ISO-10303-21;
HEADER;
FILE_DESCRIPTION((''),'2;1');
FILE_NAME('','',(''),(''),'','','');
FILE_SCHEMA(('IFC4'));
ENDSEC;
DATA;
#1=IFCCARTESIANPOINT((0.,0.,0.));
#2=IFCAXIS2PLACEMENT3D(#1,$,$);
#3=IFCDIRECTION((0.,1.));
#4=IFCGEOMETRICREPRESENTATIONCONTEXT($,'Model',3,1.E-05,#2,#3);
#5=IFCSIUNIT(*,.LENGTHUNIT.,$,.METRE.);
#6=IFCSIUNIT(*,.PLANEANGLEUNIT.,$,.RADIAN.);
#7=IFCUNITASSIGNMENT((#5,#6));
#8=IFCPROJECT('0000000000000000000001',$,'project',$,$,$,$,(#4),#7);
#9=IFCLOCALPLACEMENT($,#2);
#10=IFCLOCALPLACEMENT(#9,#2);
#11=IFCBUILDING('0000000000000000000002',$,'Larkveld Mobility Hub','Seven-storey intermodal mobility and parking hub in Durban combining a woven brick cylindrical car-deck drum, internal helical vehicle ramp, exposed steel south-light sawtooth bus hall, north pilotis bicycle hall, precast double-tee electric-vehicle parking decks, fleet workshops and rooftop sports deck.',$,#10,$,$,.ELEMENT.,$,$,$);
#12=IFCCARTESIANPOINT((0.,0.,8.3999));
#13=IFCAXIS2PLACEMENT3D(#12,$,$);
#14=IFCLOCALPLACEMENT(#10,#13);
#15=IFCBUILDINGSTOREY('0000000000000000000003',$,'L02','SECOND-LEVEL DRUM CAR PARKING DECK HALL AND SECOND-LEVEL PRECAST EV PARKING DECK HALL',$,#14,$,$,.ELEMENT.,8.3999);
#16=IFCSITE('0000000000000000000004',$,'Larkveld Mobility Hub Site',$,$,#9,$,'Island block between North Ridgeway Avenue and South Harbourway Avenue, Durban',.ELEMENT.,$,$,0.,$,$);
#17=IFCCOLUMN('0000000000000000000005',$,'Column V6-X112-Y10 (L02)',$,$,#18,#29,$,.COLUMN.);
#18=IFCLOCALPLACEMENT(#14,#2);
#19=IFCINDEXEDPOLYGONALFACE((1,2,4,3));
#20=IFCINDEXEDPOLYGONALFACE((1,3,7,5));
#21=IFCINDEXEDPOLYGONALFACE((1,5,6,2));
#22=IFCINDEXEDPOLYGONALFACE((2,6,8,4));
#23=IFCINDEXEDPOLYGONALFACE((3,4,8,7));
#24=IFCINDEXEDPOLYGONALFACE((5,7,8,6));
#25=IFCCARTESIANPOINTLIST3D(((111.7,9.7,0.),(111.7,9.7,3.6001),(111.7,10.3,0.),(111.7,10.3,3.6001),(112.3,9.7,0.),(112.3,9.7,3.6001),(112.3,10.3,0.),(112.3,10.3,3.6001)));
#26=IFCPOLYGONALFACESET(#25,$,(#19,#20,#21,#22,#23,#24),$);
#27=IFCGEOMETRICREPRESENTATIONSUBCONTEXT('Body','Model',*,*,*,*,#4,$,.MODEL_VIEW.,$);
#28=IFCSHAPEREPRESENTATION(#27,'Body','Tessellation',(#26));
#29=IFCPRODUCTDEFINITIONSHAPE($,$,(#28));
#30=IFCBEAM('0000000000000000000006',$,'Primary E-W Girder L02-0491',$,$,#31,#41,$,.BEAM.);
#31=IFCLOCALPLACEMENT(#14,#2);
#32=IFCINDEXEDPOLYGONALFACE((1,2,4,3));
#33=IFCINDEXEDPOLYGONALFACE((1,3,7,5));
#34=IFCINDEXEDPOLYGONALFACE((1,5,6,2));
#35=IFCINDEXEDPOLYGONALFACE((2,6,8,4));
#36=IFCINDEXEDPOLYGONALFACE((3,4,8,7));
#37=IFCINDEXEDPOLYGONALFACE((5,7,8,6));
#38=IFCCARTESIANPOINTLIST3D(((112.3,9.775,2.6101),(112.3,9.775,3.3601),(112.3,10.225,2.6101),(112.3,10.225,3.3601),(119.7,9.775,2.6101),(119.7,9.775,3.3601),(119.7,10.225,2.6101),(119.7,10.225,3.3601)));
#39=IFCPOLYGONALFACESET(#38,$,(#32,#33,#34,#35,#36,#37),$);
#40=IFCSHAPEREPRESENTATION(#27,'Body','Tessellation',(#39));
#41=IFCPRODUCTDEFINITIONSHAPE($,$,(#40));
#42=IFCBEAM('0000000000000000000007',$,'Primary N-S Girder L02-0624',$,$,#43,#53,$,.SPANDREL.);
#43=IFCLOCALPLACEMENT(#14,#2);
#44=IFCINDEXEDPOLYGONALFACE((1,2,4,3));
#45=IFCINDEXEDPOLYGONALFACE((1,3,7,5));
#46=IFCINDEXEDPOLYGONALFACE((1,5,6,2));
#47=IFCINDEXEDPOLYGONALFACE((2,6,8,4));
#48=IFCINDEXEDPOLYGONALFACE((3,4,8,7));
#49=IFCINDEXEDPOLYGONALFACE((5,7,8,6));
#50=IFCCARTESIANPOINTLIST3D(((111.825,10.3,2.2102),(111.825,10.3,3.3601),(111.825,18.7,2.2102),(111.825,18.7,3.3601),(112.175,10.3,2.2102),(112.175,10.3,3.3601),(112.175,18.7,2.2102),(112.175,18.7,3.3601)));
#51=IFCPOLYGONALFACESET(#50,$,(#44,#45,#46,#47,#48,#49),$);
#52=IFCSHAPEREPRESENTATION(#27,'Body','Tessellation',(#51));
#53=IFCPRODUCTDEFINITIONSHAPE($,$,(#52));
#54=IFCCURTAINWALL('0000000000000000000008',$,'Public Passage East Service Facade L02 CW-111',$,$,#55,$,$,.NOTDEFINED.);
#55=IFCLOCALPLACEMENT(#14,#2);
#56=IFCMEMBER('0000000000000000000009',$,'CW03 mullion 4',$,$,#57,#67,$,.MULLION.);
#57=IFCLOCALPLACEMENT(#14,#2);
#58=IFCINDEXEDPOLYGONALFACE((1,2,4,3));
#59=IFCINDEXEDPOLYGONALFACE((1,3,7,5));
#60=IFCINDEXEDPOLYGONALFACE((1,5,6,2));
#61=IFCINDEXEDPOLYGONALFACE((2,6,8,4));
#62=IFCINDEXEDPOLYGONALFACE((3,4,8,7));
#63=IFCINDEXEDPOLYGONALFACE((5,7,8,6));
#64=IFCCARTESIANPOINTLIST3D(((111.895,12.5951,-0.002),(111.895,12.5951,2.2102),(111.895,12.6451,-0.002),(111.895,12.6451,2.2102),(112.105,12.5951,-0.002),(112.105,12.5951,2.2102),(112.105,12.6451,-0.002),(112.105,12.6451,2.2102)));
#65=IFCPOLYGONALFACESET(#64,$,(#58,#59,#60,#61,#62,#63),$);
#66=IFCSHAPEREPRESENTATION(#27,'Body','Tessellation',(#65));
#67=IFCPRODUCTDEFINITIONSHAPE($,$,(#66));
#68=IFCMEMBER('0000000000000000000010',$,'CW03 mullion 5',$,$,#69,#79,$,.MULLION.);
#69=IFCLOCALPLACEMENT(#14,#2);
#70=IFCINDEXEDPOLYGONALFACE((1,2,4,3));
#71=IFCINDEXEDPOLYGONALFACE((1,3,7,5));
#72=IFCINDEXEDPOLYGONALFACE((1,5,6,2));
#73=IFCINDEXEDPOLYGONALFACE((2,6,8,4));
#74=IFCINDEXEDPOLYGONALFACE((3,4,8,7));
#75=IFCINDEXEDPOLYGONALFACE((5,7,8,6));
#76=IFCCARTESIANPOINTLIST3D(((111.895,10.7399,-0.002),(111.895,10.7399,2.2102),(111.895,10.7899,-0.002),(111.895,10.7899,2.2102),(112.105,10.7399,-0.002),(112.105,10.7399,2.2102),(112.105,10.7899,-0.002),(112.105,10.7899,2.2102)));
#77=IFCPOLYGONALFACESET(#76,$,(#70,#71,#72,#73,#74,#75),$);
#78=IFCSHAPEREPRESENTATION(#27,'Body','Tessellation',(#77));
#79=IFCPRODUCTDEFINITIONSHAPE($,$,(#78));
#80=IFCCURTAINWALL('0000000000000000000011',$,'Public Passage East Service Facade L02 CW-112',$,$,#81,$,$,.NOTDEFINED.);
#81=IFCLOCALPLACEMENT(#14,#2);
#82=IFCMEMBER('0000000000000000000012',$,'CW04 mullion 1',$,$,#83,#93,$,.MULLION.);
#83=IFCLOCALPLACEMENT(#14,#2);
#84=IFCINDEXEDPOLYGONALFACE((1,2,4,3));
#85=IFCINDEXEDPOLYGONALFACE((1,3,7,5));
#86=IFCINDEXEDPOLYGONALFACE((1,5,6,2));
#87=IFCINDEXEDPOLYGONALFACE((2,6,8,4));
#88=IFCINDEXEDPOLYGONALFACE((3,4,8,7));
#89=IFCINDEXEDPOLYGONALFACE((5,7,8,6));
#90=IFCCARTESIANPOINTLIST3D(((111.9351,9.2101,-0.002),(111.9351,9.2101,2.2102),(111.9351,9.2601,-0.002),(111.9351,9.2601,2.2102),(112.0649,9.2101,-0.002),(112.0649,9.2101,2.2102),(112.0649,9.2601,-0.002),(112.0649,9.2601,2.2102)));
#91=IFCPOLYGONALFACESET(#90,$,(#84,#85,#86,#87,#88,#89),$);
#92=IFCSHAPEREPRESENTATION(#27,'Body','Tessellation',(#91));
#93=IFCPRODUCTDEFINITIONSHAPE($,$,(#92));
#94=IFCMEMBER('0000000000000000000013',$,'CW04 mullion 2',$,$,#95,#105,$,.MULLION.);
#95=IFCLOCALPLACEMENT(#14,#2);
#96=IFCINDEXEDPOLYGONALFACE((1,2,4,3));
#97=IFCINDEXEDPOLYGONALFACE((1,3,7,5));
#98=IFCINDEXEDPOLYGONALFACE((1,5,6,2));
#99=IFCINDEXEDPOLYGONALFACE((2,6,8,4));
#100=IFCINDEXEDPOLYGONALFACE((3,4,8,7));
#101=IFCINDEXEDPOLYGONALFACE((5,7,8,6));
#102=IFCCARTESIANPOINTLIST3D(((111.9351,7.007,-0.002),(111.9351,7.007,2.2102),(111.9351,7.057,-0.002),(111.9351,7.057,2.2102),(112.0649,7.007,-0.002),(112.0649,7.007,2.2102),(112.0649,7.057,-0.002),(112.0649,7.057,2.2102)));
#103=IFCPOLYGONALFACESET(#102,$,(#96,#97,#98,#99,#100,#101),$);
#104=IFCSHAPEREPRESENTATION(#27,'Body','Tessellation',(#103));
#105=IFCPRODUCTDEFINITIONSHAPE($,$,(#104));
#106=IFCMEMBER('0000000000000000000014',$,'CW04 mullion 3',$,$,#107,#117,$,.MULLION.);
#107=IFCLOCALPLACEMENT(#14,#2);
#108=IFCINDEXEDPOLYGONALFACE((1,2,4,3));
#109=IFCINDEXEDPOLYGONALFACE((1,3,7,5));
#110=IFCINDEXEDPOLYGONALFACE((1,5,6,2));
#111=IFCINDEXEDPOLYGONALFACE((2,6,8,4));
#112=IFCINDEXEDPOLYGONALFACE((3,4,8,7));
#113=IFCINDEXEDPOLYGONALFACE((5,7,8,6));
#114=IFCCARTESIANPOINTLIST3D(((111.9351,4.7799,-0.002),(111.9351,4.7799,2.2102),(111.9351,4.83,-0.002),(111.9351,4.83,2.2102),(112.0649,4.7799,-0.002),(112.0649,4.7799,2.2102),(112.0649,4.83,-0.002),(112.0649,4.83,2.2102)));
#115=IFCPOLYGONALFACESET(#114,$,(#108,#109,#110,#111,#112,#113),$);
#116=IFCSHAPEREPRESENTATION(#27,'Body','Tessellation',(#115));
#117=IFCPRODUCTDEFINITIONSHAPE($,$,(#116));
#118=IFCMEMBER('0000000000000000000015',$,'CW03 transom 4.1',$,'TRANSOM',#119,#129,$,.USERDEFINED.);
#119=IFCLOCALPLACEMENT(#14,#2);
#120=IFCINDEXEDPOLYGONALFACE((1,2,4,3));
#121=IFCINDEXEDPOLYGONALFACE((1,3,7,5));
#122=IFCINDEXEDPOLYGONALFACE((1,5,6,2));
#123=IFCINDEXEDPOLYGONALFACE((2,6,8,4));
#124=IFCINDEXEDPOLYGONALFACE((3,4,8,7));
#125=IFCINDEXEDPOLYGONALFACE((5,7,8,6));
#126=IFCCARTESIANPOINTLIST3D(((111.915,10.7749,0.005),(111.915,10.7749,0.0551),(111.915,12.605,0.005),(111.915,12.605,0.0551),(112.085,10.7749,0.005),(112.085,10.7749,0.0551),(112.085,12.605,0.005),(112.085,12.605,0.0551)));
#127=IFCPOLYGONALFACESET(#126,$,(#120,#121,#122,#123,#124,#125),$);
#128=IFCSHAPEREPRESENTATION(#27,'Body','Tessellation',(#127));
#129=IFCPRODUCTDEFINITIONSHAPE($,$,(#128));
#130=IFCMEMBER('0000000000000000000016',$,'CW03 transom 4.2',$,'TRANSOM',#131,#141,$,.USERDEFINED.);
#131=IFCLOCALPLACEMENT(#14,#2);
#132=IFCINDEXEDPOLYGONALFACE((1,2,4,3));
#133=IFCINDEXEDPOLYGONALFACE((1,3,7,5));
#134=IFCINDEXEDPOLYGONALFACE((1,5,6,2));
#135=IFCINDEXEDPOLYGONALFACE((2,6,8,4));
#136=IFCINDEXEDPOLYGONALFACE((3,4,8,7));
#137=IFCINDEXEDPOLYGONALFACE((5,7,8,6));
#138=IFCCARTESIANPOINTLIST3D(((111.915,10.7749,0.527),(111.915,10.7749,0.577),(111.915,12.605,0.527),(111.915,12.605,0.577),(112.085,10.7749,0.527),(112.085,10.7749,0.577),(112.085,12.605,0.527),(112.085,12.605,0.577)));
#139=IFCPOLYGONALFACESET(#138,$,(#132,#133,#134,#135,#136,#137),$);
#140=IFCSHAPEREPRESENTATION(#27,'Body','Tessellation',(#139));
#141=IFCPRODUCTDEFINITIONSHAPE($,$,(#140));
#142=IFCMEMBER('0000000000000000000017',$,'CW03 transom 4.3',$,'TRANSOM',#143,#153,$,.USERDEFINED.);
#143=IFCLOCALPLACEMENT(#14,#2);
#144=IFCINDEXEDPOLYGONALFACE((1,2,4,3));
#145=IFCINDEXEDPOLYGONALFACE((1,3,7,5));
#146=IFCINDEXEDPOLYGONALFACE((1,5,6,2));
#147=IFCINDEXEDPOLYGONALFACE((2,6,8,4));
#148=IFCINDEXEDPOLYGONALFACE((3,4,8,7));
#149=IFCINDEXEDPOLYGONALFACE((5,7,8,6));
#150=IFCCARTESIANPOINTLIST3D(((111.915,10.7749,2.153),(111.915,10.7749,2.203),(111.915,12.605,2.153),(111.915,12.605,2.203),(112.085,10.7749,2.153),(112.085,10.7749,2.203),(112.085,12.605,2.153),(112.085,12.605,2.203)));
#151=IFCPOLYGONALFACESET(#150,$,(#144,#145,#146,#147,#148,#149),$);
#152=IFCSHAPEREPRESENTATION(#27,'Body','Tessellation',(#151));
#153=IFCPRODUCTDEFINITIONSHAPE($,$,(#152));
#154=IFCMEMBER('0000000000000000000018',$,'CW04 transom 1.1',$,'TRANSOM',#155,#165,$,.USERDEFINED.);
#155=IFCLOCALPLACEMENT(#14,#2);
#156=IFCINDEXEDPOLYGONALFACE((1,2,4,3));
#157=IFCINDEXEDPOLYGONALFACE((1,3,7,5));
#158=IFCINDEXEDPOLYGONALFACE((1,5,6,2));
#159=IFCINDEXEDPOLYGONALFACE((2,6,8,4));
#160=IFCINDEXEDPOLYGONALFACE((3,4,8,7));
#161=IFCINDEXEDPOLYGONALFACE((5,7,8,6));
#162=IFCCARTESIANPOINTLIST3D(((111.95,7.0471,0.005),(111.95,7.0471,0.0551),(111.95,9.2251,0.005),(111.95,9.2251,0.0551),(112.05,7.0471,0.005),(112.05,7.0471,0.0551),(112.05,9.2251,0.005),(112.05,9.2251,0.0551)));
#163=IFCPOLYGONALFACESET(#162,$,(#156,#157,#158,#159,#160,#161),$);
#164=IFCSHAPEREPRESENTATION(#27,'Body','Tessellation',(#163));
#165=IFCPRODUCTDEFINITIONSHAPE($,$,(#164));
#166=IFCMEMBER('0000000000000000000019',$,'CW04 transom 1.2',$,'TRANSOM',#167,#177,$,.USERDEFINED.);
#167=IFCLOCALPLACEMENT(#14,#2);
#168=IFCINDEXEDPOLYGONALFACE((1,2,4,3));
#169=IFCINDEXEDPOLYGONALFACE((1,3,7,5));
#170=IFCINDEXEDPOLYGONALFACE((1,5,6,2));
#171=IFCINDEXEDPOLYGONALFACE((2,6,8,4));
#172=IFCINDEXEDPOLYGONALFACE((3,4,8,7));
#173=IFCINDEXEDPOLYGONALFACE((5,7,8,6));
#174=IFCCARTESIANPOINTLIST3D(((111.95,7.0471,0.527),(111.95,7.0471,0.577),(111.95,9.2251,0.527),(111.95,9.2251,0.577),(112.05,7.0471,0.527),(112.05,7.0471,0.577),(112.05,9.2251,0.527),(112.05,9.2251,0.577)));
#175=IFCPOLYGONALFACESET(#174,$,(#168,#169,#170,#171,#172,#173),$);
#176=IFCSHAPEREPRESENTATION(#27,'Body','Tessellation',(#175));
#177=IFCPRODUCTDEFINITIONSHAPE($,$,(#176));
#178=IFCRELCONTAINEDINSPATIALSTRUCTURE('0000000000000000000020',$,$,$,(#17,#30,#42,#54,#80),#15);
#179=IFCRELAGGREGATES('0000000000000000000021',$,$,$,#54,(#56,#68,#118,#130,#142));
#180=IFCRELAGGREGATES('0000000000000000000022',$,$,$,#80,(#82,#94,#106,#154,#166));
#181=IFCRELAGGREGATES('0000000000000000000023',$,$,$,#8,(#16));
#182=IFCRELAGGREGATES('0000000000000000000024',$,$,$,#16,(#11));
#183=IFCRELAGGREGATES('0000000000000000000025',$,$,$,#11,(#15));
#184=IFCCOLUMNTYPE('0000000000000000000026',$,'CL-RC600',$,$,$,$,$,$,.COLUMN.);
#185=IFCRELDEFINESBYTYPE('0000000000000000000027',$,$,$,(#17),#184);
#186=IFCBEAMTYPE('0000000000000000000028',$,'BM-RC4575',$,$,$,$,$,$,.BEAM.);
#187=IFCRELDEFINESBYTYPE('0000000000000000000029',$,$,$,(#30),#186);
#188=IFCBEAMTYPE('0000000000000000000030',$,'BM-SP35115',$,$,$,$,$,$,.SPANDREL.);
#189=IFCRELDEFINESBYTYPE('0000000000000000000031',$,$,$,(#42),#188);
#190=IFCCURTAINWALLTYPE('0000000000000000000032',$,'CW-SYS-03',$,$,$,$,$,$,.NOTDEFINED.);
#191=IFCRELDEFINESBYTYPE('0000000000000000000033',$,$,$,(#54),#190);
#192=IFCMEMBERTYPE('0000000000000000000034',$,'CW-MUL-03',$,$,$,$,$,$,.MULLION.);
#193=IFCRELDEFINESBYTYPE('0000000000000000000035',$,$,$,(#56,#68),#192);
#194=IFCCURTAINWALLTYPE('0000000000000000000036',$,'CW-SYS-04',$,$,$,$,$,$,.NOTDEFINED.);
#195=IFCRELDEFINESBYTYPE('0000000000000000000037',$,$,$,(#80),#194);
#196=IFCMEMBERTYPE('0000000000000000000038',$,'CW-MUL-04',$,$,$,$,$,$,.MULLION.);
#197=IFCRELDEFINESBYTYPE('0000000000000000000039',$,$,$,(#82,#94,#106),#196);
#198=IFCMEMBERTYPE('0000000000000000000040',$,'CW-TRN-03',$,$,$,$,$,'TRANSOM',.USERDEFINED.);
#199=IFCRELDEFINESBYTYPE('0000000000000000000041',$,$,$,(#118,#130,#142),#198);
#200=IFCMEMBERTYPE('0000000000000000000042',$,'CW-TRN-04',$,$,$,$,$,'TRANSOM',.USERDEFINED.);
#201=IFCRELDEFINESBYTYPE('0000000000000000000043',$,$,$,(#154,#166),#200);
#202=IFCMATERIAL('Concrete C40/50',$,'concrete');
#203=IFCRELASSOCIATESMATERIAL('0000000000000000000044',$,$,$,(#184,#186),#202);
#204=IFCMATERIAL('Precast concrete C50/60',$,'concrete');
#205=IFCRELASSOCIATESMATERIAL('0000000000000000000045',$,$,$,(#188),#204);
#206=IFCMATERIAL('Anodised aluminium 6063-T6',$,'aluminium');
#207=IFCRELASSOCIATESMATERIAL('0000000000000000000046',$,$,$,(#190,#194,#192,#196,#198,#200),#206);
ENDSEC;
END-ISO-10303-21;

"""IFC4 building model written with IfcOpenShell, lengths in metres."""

from ifc_helpers import new_model, si_unit, direction, frame, origin, origin_2d, place, context, subcontext, project, spatial, rectangle, extrude, material, material_profile, profile_set, type_object, element, aggregate, save


model = new_model("IFC4")

# Units and contexts
model_context = context("Model", 3, precision=1e-05, world=origin(), true_north=direction((0.0, 1.0)))
body_context = subcontext(model_context, "Body", "Model", "MODEL_VIEW")
ifc_project = project(units=[si_unit("LENGTHUNIT", "METRE"), si_unit("PLANEANGLEUNIT", "RADIAN")], contexts=[model_context])

# Site, building, storey
site_placement = place(None, origin())
site = spatial("IfcSite", under=ifc_project, at=site_placement, Name="Larkveld Mobility Hub Site", LongName="Island block between North Ridgeway Avenue and South Harbourway Avenue, Durban", CompositionType="ELEMENT", RefElevation=0.0)
building_placement = place(site_placement, origin())
building = spatial("IfcBuilding", under=site, at=building_placement, Name="Larkveld Mobility Hub", Description="Seven-storey intermodal mobility and parking hub in Durban combining a woven brick cylindrical car-deck drum, internal helical vehicle ramp, exposed steel south-light sawtooth bus hall, north pilotis bicycle hall, precast double-tee electric-vehicle parking decks, fleet workshops and rooftop sports deck.", CompositionType="ELEMENT")
storey_placement = place(building_placement, frame((0.0, 0.0, 8.3999)))
storey = spatial("IfcBuildingStorey", under=building, at=storey_placement, Name="L02", Description="SECOND-LEVEL DRUM CAR PARKING DECK HALL AND SECOND-LEVEL PRECAST EV PARKING DECK HALL", CompositionType="ELEMENT", Elevation=8.3999)

# Column
ifc_material_1 = material(Name="Concrete C40/50", Category="concrete")
ifc_material_profile_1 = material_profile(ifc_material_1, rectangle(XDim=0.6001, YDim=0.6001, at=origin_2d()), Name="RC COL 600x600")
ifc_profile_set_1 = profile_set([ifc_material_profile_1], Name="Concrete C40/50")
column_type = type_object("IfcColumnType", Name="CL-RC600", PredefinedType="COLUMN", material=ifc_profile_set_1)
column_placement = place(storey_placement, frame((112.0, 10.0, 0.0), z_axis=(0.0, 0.0, 1.0), x_axis=(1.0, 0.0, 0.0)))
element("IfcColumn", 1, at=column_placement, inside=storey, type_object=column_type, Name="Column V6-X112-Y10 (L02)", PredefinedType="COLUMN", context=body_context, shape_type="SweptSolid", body=[
    extrude(rectangle(XDim=0.6001, YDim=0.6001, at=origin_2d()), origin(), (0.0, 0.0, 1.0), 3.6001),
])

# Beams
ifc_material_profile_2 = material_profile(ifc_material_1, rectangle(XDim=0.45, YDim=0.75, at=origin_2d()), Name="RC BM 450x750")
ifc_profile_set_2 = profile_set([ifc_material_profile_2], Name="Concrete C40/50")
beam_type_1 = type_object("IfcBeamType", Name="BM-RC4575", PredefinedType="BEAM", material=ifc_profile_set_2)
beam_1_placement = place(storey_placement, frame((112.3, 10.0, 2.9851), z_axis=(1.0, 0.0, 0.0), x_axis=(0.0, 1.0, 0.0)))
element("IfcBeam", 2, at=beam_1_placement, inside=storey, type_object=beam_type_1, Name="Primary E-W Girder L02-0491", PredefinedType="BEAM", context=body_context, shape_type="SweptSolid", body=[
    extrude(rectangle(XDim=0.45, YDim=0.75, at=origin_2d()), origin(), (0.0, 0.0, 1.0), 7.3999),
])
ifc_material_2 = material(Name="Precast concrete C50/60", Category="concrete")
ifc_material_profile_3 = material_profile(ifc_material_2, rectangle(XDim=0.3501, YDim=1.1499, at=origin_2d()), Name="PC SP 350x1150")
ifc_profile_set_3 = profile_set([ifc_material_profile_3], Name="Precast concrete C50/60")
beam_type_2 = type_object("IfcBeamType", Name="BM-SP35115", PredefinedType="SPANDREL", material=ifc_profile_set_3)
beam_2_placement = place(storey_placement, frame((112.0, 10.3, 2.7852), z_axis=(0.0, 1.0, 0.0), x_axis=(-1.0, 0.0, 0.0)))
element("IfcBeam", 3, at=beam_2_placement, inside=storey, type_object=beam_type_2, Name="Primary N-S Girder L02-0624", PredefinedType="SPANDREL", context=body_context, shape_type="SweptSolid", body=[
    extrude(rectangle(XDim=0.3501, YDim=1.1499, at=origin_2d()), origin(), (0.0, 0.0, 1.0), 8.3999),
])

# Curtain walls, members
ifc_material_3 = material(Name="Anodised aluminium 6063-T6", Category="aluminium")
curtain_wall_type_1 = type_object("IfcCurtainWallType", Name="CW-SYS-03", PredefinedType="NOTDEFINED", material=ifc_material_3)
curtain_wall_1_placement = place(storey_placement, origin())
curtain_wall_1 = element("IfcCurtainWall", 4, at=curtain_wall_1_placement, inside=storey, type_object=curtain_wall_type_1, Name="Public Passage East Service Facade L02 CW-111", PredefinedType="NOTDEFINED")
ifc_material_profile_4 = material_profile(ifc_material_3, rectangle(XDim=0.05, YDim=0.21, at=origin_2d()), Name="ALU MULL 50x210")
ifc_profile_set_4 = profile_set([ifc_material_profile_4], Name="Anodised aluminium 6063-T6")
member_type_1 = type_object("IfcMemberType", Name="CW-MUL-03", PredefinedType="MULLION", material=ifc_profile_set_4)
member_1_placement = place(storey_placement, frame((112.0, 12.6201, -0.002), z_axis=(0.0, 0.0, 1.0), x_axis=(0.0, -1.0, 0.0)))
member_1 = element("IfcMember", 5, at=member_1_placement, type_object=member_type_1, Name="CW03 mullion 4", PredefinedType="MULLION", context=body_context, shape_type="SweptSolid", body=[
    extrude(rectangle(XDim=0.05, YDim=0.21, at=origin_2d()), origin(), (0.0, 0.0, 1.0), 2.2122),
])
member_2_placement = place(storey_placement, frame((112.0, 10.7649, -0.002), z_axis=(0.0, 0.0, 1.0), x_axis=(0.0, -1.0, 0.0)))
member_2 = element("IfcMember", 6, at=member_2_placement, type_object=member_type_1, Name="CW03 mullion 5", PredefinedType="MULLION", context=body_context, shape_type="SweptSolid", body=[
    extrude(rectangle(XDim=0.05, YDim=0.21, at=origin_2d()), origin(), (0.0, 0.0, 1.0), 2.2122),
])
curtain_wall_type_2 = type_object("IfcCurtainWallType", Name="CW-SYS-04", PredefinedType="NOTDEFINED", material=ifc_material_3)
curtain_wall_2_placement = place(storey_placement, origin())
curtain_wall_2 = element("IfcCurtainWall", 7, at=curtain_wall_2_placement, inside=storey, type_object=curtain_wall_type_2, Name="Public Passage East Service Facade L02 CW-112", PredefinedType="NOTDEFINED")
ifc_material_profile_5 = material_profile(ifc_material_3, rectangle(XDim=0.05, YDim=0.1299, at=origin_2d()), Name="ALU MULL 50x130")
ifc_profile_set_5 = profile_set([ifc_material_profile_5], Name="Anodised aluminium 6063-T6")
member_type_2 = type_object("IfcMemberType", Name="CW-MUL-04", PredefinedType="MULLION", material=ifc_profile_set_5)
member_3_placement = place(storey_placement, frame((112.0, 9.2351, -0.002), z_axis=(0.0, 0.0, 1.0), x_axis=(0.0, -1.0, 0.0)))
member_3 = element("IfcMember", 8, at=member_3_placement, type_object=member_type_2, Name="CW04 mullion 1", PredefinedType="MULLION", context=body_context, shape_type="SweptSolid", body=[
    extrude(rectangle(XDim=0.05, YDim=0.1299, at=origin_2d()), origin(), (0.0, 0.0, 1.0), 2.2122),
])
member_4_placement = place(storey_placement, frame((112.0, 7.032, -0.002), z_axis=(0.0, 0.0, 1.0), x_axis=(0.0, -1.0, 0.0)))
member_4 = element("IfcMember", 9, at=member_4_placement, type_object=member_type_2, Name="CW04 mullion 2", PredefinedType="MULLION", context=body_context, shape_type="SweptSolid", body=[
    extrude(rectangle(XDim=0.05, YDim=0.1299, at=origin_2d()), origin(), (0.0, 0.0, 1.0), 2.2122),
])
member_5_placement = place(storey_placement, frame((112.0, 4.8049, -0.002), z_axis=(0.0, 0.0, 1.0), x_axis=(0.0, -1.0, 0.0)))
member_5 = element("IfcMember", 10, at=member_5_placement, type_object=member_type_2, Name="CW04 mullion 3", PredefinedType="MULLION", context=body_context, shape_type="SweptSolid", body=[
    extrude(rectangle(XDim=0.05, YDim=0.1299, at=origin_2d()), origin(), (0.0, 0.0, 1.0), 2.2122),
])

# Members
ifc_material_profile_6 = material_profile(ifc_material_3, rectangle(XDim=0.1699, YDim=0.05, at=origin_2d()), Name="ALU TRAN 50x170")
ifc_profile_set_6 = profile_set([ifc_material_profile_6], Name="Anodised aluminium 6063-T6")
member_type_3 = type_object("IfcMemberType", Name="CW-TRN-03", ElementType="TRANSOM", PredefinedType="USERDEFINED", material=ifc_profile_set_6)
member_6_placement = place(storey_placement, frame((112.0, 12.605, 0.03), z_axis=(0.0, -1.0, 0.0), x_axis=(1.0, 0.0, 0.0)))
member_6 = element("IfcMember", 11, at=member_6_placement, type_object=member_type_3, Name="CW03 transom 4.1", ObjectType="TRANSOM", PredefinedType="USERDEFINED", context=body_context, shape_type="SweptSolid", body=[
    extrude(rectangle(XDim=0.1699, YDim=0.05, at=origin_2d()), origin(), (0.0, 0.0, 1.0), 1.8301),
])
member_7_placement = place(storey_placement, frame((112.0, 12.605, 0.552), z_axis=(0.0, -1.0, 0.0), x_axis=(1.0, 0.0, 0.0)))
member_7 = element("IfcMember", 12, at=member_7_placement, type_object=member_type_3, Name="CW03 transom 4.2", ObjectType="TRANSOM", PredefinedType="USERDEFINED", context=body_context, shape_type="SweptSolid", body=[
    extrude(rectangle(XDim=0.1699, YDim=0.05, at=origin_2d()), origin(), (0.0, 0.0, 1.0), 1.8301),
])
member_8_placement = place(storey_placement, frame((112.0, 12.605, 2.178), z_axis=(0.0, -1.0, 0.0), x_axis=(1.0, 0.0, 0.0)))
member_8 = element("IfcMember", 13, at=member_8_placement, type_object=member_type_3, Name="CW03 transom 4.3", ObjectType="TRANSOM", PredefinedType="USERDEFINED", context=body_context, shape_type="SweptSolid", body=[
    extrude(rectangle(XDim=0.1699, YDim=0.05, at=origin_2d()), origin(), (0.0, 0.0, 1.0), 1.8301),
])
ifc_material_profile_7 = material_profile(ifc_material_3, rectangle(XDim=0.1001, YDim=0.05, at=origin_2d()), Name="ALU TRAN 50x100")
ifc_profile_set_7 = profile_set([ifc_material_profile_7], Name="Anodised aluminium 6063-T6")
member_type_4 = type_object("IfcMemberType", Name="CW-TRN-04", ElementType="TRANSOM", PredefinedType="USERDEFINED", material=ifc_profile_set_7)
member_9_placement = place(storey_placement, frame((112.0, 9.2251, 0.03), z_axis=(0.0, -1.0, 0.0), x_axis=(1.0, 0.0, 0.0)))
member_9 = element("IfcMember", 14, at=member_9_placement, type_object=member_type_4, Name="CW04 transom 1.1", ObjectType="TRANSOM", PredefinedType="USERDEFINED", context=body_context, shape_type="SweptSolid", body=[
    extrude(rectangle(XDim=0.1001, YDim=0.05, at=origin_2d()), origin(), (0.0, 0.0, 1.0), 2.178),
])
member_10_placement = place(storey_placement, frame((112.0, 9.2251, 0.552), z_axis=(0.0, -1.0, 0.0), x_axis=(1.0, 0.0, 0.0)))
member_10 = element("IfcMember", 15, at=member_10_placement, type_object=member_type_4, Name="CW04 transom 1.2", ObjectType="TRANSOM", PredefinedType="USERDEFINED", context=body_context, shape_type="SweptSolid", body=[
    extrude(rectangle(XDim=0.1001, YDim=0.05, at=origin_2d()), origin(), (0.0, 0.0, 1.0), 2.178),
])

aggregate(curtain_wall_1, [member_1, member_2, member_6, member_7, member_8])
aggregate(curtain_wall_2, [member_3, member_4, member_5, member_9, member_10])

save(model, "model.ifc")
